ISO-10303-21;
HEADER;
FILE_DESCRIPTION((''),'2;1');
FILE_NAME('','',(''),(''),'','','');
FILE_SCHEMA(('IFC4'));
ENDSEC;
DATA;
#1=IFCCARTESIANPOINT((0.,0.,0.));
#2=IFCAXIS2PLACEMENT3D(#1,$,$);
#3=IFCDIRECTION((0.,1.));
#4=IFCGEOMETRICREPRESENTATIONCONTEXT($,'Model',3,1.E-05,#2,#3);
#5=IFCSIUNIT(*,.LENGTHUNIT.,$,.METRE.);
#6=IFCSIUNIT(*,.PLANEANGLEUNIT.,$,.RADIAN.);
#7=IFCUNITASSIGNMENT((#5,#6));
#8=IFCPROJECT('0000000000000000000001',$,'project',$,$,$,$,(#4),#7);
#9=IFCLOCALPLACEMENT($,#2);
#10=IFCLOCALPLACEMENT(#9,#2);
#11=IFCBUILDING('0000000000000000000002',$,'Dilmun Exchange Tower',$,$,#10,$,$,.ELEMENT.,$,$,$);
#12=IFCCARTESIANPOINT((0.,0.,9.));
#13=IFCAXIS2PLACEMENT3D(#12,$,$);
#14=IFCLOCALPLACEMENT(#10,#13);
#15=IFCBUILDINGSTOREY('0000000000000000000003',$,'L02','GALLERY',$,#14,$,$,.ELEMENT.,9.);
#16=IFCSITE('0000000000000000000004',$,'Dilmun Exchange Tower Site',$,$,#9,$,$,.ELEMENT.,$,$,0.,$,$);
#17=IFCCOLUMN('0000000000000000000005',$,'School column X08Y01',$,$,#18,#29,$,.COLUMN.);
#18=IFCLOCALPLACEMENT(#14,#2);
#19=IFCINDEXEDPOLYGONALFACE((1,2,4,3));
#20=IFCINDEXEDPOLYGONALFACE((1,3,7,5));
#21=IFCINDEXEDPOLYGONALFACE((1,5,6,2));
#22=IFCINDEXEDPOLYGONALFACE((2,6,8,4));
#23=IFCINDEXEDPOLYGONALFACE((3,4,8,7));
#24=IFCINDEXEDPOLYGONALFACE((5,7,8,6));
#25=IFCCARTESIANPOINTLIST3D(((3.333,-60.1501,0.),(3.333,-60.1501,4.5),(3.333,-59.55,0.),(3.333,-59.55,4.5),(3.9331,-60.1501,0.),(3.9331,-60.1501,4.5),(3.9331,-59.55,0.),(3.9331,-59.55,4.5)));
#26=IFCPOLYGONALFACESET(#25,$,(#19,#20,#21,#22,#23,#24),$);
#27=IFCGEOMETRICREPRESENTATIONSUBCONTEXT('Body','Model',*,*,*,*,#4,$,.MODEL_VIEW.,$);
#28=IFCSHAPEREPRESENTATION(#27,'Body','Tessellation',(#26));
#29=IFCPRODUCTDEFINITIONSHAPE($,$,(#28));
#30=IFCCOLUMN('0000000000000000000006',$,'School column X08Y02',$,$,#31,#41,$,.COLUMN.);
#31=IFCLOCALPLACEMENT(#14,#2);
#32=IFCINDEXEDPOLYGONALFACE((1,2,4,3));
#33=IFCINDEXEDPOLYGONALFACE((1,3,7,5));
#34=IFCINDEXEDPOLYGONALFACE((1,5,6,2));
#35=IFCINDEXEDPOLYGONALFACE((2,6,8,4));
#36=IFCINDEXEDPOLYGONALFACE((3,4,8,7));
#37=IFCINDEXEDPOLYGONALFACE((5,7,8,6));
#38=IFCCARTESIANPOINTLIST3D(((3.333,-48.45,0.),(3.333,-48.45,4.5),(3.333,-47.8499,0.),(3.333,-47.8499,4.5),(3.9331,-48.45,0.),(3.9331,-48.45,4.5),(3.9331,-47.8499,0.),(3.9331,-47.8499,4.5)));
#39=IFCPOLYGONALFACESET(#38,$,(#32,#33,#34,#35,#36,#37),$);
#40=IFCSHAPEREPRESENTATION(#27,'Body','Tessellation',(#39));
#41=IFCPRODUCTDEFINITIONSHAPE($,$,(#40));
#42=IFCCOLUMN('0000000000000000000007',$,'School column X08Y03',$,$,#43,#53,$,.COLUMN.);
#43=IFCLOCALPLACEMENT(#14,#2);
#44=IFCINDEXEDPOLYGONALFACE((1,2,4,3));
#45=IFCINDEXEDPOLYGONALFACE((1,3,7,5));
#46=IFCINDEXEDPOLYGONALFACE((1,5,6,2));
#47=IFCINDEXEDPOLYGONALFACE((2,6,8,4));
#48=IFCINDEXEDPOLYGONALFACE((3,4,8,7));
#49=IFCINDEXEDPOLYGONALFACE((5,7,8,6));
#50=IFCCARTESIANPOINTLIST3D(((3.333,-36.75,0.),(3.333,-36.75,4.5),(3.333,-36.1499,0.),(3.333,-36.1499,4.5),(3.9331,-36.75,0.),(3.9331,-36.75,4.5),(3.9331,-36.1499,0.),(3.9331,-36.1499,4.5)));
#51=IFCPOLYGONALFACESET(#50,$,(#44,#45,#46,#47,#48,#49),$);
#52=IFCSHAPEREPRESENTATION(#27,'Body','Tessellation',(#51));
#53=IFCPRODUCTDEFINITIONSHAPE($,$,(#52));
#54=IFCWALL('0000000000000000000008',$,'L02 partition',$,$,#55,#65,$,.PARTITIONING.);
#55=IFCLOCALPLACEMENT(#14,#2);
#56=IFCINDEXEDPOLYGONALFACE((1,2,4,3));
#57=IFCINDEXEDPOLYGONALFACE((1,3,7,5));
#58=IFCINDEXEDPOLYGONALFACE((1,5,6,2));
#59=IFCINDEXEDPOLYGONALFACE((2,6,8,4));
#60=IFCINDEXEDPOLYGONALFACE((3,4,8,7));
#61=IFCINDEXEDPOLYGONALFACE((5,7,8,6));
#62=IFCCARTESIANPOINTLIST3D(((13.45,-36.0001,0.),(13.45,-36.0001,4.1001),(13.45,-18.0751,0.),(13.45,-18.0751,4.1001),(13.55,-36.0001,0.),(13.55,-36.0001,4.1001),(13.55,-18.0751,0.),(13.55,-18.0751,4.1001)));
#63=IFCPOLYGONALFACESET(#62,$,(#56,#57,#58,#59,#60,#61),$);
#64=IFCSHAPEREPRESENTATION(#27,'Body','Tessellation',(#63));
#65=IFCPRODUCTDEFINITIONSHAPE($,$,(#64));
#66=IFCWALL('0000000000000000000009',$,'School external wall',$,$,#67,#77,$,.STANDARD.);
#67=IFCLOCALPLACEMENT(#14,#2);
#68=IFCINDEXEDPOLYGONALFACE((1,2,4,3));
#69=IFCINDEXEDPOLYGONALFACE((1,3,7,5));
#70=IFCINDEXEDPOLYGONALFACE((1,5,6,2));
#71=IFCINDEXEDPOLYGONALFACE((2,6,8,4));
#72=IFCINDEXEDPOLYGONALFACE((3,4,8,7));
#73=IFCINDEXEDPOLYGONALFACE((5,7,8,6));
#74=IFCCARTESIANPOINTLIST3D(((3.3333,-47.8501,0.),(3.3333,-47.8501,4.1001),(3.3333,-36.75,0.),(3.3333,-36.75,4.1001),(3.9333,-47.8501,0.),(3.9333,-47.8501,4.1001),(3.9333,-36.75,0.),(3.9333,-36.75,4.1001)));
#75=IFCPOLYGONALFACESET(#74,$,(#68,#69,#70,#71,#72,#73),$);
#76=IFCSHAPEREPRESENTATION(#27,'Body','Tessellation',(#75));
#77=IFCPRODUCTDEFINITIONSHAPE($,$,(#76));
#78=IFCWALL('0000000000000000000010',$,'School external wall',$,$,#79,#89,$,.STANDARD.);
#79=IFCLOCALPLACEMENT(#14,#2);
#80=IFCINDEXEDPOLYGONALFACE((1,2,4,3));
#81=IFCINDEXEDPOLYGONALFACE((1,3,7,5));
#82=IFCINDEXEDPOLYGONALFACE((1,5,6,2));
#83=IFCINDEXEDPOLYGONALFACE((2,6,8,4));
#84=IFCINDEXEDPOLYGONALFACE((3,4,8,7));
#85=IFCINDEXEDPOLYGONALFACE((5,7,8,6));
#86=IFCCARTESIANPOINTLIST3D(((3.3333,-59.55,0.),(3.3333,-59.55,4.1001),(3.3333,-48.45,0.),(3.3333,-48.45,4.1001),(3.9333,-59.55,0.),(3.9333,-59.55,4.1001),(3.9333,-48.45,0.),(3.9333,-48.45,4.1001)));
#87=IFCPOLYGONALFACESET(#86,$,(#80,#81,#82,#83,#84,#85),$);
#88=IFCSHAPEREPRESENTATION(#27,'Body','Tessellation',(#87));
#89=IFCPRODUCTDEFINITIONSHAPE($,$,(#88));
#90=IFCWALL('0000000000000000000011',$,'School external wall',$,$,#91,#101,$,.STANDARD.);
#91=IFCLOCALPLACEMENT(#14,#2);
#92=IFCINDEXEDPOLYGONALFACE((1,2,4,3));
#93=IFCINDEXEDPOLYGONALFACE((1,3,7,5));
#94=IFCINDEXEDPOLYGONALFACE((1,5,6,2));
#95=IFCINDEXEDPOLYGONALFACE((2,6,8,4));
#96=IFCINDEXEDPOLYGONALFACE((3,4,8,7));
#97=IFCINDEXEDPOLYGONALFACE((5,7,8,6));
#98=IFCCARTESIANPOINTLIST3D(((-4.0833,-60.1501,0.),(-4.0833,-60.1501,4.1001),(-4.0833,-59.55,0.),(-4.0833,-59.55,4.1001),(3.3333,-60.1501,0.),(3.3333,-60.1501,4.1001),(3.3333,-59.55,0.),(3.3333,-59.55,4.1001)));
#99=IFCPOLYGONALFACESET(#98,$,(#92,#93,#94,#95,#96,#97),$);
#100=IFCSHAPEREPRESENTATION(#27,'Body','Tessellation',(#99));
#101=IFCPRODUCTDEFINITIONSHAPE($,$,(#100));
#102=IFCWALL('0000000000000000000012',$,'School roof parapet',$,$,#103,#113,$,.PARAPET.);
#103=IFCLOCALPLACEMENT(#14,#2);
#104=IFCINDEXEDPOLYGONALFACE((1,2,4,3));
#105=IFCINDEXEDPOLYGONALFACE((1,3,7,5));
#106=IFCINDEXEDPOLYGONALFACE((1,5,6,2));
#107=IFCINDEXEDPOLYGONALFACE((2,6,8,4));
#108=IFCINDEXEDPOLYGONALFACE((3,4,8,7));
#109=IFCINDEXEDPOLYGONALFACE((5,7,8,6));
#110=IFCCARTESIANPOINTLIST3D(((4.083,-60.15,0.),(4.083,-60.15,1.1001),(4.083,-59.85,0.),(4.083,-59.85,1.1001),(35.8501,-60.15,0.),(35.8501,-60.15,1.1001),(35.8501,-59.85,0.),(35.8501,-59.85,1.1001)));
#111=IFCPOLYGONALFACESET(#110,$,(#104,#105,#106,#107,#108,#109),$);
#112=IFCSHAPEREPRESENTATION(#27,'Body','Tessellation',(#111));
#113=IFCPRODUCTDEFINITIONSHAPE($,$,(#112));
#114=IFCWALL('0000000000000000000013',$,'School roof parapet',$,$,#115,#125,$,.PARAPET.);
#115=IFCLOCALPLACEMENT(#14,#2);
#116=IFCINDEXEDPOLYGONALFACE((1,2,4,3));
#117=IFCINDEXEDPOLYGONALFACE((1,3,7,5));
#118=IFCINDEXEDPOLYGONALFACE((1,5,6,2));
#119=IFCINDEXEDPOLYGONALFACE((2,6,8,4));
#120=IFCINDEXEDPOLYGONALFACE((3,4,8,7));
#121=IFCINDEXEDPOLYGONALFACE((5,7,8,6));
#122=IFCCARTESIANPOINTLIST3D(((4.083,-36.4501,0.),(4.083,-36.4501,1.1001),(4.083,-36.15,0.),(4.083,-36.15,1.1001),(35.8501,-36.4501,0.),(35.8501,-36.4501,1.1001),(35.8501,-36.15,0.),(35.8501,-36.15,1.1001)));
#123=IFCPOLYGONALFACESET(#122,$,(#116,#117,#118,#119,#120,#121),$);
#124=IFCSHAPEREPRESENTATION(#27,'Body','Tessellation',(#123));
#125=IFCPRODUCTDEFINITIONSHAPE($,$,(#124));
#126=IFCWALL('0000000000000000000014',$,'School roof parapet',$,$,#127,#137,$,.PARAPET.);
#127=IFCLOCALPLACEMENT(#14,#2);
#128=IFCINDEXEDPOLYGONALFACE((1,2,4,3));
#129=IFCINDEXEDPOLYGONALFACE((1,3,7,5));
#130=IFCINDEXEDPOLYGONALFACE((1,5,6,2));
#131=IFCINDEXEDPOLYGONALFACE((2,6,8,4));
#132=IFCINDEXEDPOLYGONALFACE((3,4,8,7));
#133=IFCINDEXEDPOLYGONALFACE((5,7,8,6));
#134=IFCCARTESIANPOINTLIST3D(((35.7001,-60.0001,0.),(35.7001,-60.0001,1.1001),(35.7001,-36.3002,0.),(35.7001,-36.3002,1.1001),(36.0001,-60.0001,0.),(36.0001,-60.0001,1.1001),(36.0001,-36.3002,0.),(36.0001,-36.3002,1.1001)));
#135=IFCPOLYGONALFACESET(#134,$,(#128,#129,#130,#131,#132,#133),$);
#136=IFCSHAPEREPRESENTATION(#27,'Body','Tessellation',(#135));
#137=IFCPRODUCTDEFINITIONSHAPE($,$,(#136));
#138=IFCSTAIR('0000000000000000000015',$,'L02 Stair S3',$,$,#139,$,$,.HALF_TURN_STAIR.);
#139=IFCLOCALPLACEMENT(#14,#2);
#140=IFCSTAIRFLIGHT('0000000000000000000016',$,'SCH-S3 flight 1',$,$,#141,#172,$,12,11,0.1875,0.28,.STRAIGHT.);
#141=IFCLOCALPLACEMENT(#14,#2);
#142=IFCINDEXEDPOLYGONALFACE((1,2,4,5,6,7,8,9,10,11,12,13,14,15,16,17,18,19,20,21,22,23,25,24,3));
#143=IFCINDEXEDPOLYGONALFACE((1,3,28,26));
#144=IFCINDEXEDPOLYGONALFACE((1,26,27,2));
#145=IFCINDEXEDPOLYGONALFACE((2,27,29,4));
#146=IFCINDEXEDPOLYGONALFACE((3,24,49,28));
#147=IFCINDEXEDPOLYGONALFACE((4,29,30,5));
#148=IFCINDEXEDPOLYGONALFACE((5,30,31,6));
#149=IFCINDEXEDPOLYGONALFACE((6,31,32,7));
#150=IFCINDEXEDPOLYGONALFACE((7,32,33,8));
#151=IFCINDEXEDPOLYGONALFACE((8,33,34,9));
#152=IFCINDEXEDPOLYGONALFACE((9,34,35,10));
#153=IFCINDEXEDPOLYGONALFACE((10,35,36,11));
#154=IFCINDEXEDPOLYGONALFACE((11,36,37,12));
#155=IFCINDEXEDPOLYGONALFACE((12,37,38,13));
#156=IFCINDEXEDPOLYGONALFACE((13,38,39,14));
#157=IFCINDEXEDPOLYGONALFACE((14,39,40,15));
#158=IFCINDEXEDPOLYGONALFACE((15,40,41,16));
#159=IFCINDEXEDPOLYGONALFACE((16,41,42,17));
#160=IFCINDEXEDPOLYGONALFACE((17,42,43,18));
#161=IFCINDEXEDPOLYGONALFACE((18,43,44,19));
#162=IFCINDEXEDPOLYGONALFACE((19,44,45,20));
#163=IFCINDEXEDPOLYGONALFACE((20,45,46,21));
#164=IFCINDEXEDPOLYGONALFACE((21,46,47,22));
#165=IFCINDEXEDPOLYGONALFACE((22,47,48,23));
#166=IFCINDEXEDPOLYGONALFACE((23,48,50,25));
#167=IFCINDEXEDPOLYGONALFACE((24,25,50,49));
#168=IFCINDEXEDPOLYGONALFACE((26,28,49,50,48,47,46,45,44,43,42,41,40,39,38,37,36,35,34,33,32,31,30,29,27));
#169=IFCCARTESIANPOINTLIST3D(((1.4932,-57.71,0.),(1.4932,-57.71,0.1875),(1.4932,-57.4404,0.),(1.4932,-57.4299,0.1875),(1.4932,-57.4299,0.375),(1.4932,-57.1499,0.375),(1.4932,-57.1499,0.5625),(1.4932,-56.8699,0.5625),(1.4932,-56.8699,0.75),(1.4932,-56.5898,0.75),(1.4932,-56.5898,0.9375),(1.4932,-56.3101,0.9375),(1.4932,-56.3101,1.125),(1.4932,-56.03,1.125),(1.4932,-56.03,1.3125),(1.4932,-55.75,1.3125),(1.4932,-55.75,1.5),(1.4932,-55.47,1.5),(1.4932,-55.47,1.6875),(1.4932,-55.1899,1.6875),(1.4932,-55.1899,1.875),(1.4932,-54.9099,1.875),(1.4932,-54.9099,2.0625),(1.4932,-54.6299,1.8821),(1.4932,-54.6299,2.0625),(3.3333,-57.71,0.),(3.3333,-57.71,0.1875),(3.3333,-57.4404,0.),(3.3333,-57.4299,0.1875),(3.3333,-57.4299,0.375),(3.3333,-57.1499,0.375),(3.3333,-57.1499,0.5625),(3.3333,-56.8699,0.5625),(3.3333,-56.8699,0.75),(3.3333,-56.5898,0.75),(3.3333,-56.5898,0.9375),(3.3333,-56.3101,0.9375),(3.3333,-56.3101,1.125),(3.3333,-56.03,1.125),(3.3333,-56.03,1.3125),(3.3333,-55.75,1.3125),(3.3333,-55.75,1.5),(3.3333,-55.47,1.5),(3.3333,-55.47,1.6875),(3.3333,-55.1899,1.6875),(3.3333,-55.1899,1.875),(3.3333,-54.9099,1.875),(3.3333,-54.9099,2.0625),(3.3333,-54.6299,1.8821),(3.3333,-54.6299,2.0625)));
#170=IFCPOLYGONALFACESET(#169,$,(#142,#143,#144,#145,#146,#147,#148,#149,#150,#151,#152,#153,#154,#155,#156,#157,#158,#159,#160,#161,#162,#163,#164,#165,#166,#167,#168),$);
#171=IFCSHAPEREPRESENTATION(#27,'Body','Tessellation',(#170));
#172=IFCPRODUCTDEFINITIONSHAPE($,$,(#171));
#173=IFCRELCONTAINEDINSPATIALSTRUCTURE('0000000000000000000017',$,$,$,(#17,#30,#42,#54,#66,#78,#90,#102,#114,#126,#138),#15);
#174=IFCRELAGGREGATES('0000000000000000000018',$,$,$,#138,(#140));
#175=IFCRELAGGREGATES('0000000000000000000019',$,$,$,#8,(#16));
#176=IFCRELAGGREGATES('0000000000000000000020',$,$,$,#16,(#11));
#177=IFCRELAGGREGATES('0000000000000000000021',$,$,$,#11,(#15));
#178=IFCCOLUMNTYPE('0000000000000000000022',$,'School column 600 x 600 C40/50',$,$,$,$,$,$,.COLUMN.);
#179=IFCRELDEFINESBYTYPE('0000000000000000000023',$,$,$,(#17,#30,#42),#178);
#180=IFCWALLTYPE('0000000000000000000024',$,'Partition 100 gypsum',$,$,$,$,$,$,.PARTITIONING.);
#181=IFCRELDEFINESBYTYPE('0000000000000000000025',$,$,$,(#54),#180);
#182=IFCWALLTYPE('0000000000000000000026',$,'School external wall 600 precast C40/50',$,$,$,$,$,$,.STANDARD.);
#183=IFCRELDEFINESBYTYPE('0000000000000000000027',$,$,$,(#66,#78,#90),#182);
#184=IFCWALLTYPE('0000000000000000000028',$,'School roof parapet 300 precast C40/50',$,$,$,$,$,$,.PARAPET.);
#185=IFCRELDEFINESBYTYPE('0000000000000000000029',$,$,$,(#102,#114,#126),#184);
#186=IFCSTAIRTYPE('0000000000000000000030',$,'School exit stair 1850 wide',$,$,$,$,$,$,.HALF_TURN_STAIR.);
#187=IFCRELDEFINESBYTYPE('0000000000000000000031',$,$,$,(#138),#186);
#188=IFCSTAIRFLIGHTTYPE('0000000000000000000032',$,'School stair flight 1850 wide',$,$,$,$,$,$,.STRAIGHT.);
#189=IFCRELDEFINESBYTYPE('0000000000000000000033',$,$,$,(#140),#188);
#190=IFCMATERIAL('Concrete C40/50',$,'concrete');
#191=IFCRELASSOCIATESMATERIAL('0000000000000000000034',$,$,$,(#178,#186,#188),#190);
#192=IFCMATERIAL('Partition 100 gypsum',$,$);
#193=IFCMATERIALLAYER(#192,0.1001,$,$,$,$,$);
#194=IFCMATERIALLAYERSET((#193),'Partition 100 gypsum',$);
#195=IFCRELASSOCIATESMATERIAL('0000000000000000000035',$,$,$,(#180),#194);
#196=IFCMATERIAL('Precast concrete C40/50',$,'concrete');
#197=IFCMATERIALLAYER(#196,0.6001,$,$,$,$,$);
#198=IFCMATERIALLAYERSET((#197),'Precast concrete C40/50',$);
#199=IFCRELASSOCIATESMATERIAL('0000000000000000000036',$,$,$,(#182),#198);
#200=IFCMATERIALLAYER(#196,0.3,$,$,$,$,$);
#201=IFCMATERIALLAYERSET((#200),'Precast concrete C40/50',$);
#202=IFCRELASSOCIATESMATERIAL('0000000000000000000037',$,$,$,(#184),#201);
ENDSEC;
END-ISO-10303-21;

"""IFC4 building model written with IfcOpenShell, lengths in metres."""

from ifc_helpers import new_model, si_unit, direction, frame, frame_2d, origin, origin_2d, place, context, subcontext, project, spatial, polyline, rectangle, outline, extrude, material, layer, layer_set, material_profile, profile_set, type_object, element, aggregate, save


model = new_model("IFC4")

# Units and contexts
model_context = context("Model", 3, precision=1e-05, world=origin(), true_north=direction((0.0, 1.0)))
body_context = subcontext(model_context, "Body", "Model", "MODEL_VIEW")
ifc_project = project(units=[si_unit("LENGTHUNIT", "METRE"), si_unit("PLANEANGLEUNIT", "RADIAN")], contexts=[model_context])

# Site, building, storey
site_placement = place(None, origin())
site = spatial("IfcSite", under=ifc_project, at=site_placement, Name="Dilmun Exchange Tower Site", CompositionType="ELEMENT", RefElevation=0.0)
building_placement = place(site_placement, origin())
building = spatial("IfcBuilding", under=site, at=building_placement, Name="Dilmun Exchange Tower", CompositionType="ELEMENT")
storey_placement = place(building_placement, frame((0.0, 0.0, 9.0)))
storey = spatial("IfcBuildingStorey", under=building, at=storey_placement, Name="L02", Description="GALLERY", CompositionType="ELEMENT", Elevation=9.0)

# Columns
ifc_material_1 = material(Name="Concrete C40/50", Category="concrete")
ifc_material_profile = material_profile(ifc_material_1, rectangle(XDim=0.6001, YDim=0.6001, at=origin_2d()), Name="600 x 600")
ifc_profile_set = profile_set([ifc_material_profile], Name="Concrete C40/50")
column_type = type_object("IfcColumnType", Name="School column 600 x 600 C40/50", PredefinedType="COLUMN", material=ifc_profile_set)
for number, where, z_axis, x_axis, name in (
    (1, (3.6331, -59.8501, 0.0), (0.0, 0.0, 1.0), (1.0, 0.0, 0.0), "School column X08Y01"),
    (2, (3.6331, -48.1499, 0.0), (0.0, 0.0, 1.0), (1.0, 0.0, 0.0), "School column X08Y02"),
    (3, (3.6331, -36.45, 0.0), (0.0, 0.0, 1.0), (1.0, 0.0, 0.0), "School column X08Y03"),
):
    element("IfcColumn", number, at=place(storey_placement, frame(where, z_axis=z_axis, x_axis=x_axis)), inside=storey, type_object=column_type, Name=name, PredefinedType="COLUMN", context=body_context, shape_type="SweptSolid", body=[
        extrude(rectangle(XDim=0.6001, YDim=0.6001, at=origin_2d()), origin(), (0.0, 0.0, 1.0), 4.5),
    ])

# Walls
ifc_material_2 = material(Name="Partition 100 gypsum")
ifc_layer_1 = layer(ifc_material_2, 0.1001)
ifc_layer_set_1 = layer_set([ifc_layer_1], Name="Partition 100 gypsum")
wall_type_1 = type_object("IfcWallType", Name="Partition 100 gypsum", PredefinedType="PARTITIONING", material=ifc_layer_set_1)
wall_1_placement = place(storey_placement, frame((13.5, -36.0, 0.0), z_axis=(0.0, 0.0, 1.0), x_axis=(0.0, 1.0, 0.0)))
element("IfcWall", 4, at=wall_1_placement, inside=storey, type_object=wall_type_1, Name="L02 partition", PredefinedType="PARTITIONING", context=body_context, shape_type="SweptSolid", body=[
    extrude(rectangle(XDim=17.925, YDim=0.1001, at=frame_2d((8.9624, 0.0))), origin(), (0.0, 0.0, 1.0), 4.1001),
])
ifc_material_3 = material(Name="Precast concrete C40/50", Category="concrete")
ifc_layer_2 = layer(ifc_material_3, 0.6001)
ifc_layer_set_2 = layer_set([ifc_layer_2], Name="Precast concrete C40/50")
wall_type_2 = type_object("IfcWallType", Name="School external wall 600 precast C40/50", PredefinedType="STANDARD", material=ifc_layer_set_2)
for number, where, z_axis, x_axis, name in (
    (5, (3.6333, -36.75, 0.0), (0.0, 0.0, 1.0), (0.0, -1.0, 0.0), "School external wall"),
    (6, (3.6333, -48.45, 0.0), (0.0, 0.0, 1.0), (0.0, -1.0, 0.0), "School external wall"),
):
    element("IfcWall", number, at=place(storey_placement, frame(where, z_axis=z_axis, x_axis=x_axis)), inside=storey, type_object=wall_type_2, Name=name, PredefinedType="STANDARD", context=body_context, shape_type="SweptSolid", body=[
        extrude(rectangle(XDim=11.1001, YDim=0.6001, at=frame_2d((5.55, 0.0))), origin(), (0.0, 0.0, 1.0), 4.1001),
    ])
wall_2_placement = place(storey_placement, frame((3.3333, -59.8501, 0.0), z_axis=(0.0, 0.0, 1.0), x_axis=(-1.0, 0.0, 0.0)))
element("IfcWall", 7, at=wall_2_placement, inside=storey, type_object=wall_type_2, Name="School external wall", PredefinedType="STANDARD", context=body_context, shape_type="SweptSolid", body=[
    extrude(rectangle(XDim=7.4165, YDim=0.6001, at=frame_2d((3.7083, 0.0))), origin(), (0.0, 0.0, 1.0), 4.1001),
])
ifc_layer_3 = layer(ifc_material_3, 0.3)
ifc_layer_set_3 = layer_set([ifc_layer_3], Name="Precast concrete C40/50")
wall_type_3 = type_object("IfcWallType", Name="School roof parapet 300 precast C40/50", PredefinedType="PARAPET", material=ifc_layer_set_3)
for number, where, z_axis, x_axis, name in (
    (8, (35.8501, -60.0, 0.0), (0.0, 0.0, 1.0), (-1.0, 0.0, 0.0), "School roof parapet"),
    (9, (4.083, -36.3, 0.0), (0.0, 0.0, 1.0), (1.0, 0.0, 0.0), "School roof parapet"),
):
    element("IfcWall", number, at=place(storey_placement, frame(where, z_axis=z_axis, x_axis=x_axis)), inside=storey, type_object=wall_type_3, Name=name, PredefinedType="PARAPET", context=body_context, shape_type="SweptSolid", body=[
        extrude(rectangle(XDim=31.7671, YDim=0.3, at=frame_2d((15.8835, 0.0))), origin(), (0.0, 0.0, 1.0), 1.1001),
    ])
wall_3_placement = place(storey_placement, frame((35.8501, -36.3, 0.0), z_axis=(0.0, 0.0, 1.0), x_axis=(0.0, -1.0, 0.0)))
element("IfcWall", 10, at=wall_3_placement, inside=storey, type_object=wall_type_3, Name="School roof parapet", PredefinedType="PARAPET", context=body_context, shape_type="SweptSolid", body=[
    extrude(rectangle(XDim=23.7, YDim=0.3, at=frame_2d((11.8501, 0.0))), origin(), (0.0, 0.0, 1.0), 1.1001),
])

# Stair, stair flight
stair_type = type_object("IfcStairType", Name="School exit stair 1850 wide", PredefinedType="HALF_TURN_STAIR", material=ifc_material_1)
stair_placement = place(storey_placement, origin())
stair = element("IfcStair", 11, at=stair_placement, inside=storey, type_object=stair_type, Name="L02 Stair S3", PredefinedType="HALF_TURN_STAIR")
stair_flight_type = type_object("IfcStairFlightType", Name="School stair flight 1850 wide", PredefinedType="STRAIGHT", material=ifc_material_1)
stair_flight_placement = place(storey_placement, frame((2.4131, -57.71, 0.0), z_axis=(0.0, 0.0, 1.0), x_axis=(0.0, 1.0, 0.0)))
stair_flight = element("IfcStairFlight", 12, at=stair_flight_placement, type_object=stair_flight_type, Name="SCH-S3 flight 1", NumberOfRisers=12, NumberOfTreads=11, PredefinedType="STRAIGHT", RiserHeight=0.1875, TreadLength=0.28, context=body_context, shape_type="SweptSolid", body=[
    extrude(outline(polyline([(0.0, 0.0), (0.0, 0.1875), (0.28, 0.1875), (0.28, 0.375), (0.5601, 0.375), (0.5601, 0.5625), (0.8401, 0.5625), (0.8401, 0.75), (1.1201, 0.75), (1.1201, 0.9375), (1.3999, 0.9375), (1.3999, 1.125), (1.6799, 1.125), (1.6799, 1.3125), (1.96, 1.3125), (1.96, 1.5), (2.24, 1.5), (2.24, 1.6875), (2.52, 1.6875), (2.52, 1.875), (2.8, 1.875), (2.8, 2.0625), (3.0801, 2.0625), (3.0801, 2.25), (3.0801, 1.8821), (0.2695, 0.0), (0.0, 0.0)])), frame((0.0, 0.9199, 0.0), z_axis=(0.0, -1.0, 0.0), x_axis=(1.0, 0.0, 0.0)), (0.0, 0.0, 1.0), 1.8401),
])
aggregate(stair, [stair_flight])

save(model, "model.ifc")
